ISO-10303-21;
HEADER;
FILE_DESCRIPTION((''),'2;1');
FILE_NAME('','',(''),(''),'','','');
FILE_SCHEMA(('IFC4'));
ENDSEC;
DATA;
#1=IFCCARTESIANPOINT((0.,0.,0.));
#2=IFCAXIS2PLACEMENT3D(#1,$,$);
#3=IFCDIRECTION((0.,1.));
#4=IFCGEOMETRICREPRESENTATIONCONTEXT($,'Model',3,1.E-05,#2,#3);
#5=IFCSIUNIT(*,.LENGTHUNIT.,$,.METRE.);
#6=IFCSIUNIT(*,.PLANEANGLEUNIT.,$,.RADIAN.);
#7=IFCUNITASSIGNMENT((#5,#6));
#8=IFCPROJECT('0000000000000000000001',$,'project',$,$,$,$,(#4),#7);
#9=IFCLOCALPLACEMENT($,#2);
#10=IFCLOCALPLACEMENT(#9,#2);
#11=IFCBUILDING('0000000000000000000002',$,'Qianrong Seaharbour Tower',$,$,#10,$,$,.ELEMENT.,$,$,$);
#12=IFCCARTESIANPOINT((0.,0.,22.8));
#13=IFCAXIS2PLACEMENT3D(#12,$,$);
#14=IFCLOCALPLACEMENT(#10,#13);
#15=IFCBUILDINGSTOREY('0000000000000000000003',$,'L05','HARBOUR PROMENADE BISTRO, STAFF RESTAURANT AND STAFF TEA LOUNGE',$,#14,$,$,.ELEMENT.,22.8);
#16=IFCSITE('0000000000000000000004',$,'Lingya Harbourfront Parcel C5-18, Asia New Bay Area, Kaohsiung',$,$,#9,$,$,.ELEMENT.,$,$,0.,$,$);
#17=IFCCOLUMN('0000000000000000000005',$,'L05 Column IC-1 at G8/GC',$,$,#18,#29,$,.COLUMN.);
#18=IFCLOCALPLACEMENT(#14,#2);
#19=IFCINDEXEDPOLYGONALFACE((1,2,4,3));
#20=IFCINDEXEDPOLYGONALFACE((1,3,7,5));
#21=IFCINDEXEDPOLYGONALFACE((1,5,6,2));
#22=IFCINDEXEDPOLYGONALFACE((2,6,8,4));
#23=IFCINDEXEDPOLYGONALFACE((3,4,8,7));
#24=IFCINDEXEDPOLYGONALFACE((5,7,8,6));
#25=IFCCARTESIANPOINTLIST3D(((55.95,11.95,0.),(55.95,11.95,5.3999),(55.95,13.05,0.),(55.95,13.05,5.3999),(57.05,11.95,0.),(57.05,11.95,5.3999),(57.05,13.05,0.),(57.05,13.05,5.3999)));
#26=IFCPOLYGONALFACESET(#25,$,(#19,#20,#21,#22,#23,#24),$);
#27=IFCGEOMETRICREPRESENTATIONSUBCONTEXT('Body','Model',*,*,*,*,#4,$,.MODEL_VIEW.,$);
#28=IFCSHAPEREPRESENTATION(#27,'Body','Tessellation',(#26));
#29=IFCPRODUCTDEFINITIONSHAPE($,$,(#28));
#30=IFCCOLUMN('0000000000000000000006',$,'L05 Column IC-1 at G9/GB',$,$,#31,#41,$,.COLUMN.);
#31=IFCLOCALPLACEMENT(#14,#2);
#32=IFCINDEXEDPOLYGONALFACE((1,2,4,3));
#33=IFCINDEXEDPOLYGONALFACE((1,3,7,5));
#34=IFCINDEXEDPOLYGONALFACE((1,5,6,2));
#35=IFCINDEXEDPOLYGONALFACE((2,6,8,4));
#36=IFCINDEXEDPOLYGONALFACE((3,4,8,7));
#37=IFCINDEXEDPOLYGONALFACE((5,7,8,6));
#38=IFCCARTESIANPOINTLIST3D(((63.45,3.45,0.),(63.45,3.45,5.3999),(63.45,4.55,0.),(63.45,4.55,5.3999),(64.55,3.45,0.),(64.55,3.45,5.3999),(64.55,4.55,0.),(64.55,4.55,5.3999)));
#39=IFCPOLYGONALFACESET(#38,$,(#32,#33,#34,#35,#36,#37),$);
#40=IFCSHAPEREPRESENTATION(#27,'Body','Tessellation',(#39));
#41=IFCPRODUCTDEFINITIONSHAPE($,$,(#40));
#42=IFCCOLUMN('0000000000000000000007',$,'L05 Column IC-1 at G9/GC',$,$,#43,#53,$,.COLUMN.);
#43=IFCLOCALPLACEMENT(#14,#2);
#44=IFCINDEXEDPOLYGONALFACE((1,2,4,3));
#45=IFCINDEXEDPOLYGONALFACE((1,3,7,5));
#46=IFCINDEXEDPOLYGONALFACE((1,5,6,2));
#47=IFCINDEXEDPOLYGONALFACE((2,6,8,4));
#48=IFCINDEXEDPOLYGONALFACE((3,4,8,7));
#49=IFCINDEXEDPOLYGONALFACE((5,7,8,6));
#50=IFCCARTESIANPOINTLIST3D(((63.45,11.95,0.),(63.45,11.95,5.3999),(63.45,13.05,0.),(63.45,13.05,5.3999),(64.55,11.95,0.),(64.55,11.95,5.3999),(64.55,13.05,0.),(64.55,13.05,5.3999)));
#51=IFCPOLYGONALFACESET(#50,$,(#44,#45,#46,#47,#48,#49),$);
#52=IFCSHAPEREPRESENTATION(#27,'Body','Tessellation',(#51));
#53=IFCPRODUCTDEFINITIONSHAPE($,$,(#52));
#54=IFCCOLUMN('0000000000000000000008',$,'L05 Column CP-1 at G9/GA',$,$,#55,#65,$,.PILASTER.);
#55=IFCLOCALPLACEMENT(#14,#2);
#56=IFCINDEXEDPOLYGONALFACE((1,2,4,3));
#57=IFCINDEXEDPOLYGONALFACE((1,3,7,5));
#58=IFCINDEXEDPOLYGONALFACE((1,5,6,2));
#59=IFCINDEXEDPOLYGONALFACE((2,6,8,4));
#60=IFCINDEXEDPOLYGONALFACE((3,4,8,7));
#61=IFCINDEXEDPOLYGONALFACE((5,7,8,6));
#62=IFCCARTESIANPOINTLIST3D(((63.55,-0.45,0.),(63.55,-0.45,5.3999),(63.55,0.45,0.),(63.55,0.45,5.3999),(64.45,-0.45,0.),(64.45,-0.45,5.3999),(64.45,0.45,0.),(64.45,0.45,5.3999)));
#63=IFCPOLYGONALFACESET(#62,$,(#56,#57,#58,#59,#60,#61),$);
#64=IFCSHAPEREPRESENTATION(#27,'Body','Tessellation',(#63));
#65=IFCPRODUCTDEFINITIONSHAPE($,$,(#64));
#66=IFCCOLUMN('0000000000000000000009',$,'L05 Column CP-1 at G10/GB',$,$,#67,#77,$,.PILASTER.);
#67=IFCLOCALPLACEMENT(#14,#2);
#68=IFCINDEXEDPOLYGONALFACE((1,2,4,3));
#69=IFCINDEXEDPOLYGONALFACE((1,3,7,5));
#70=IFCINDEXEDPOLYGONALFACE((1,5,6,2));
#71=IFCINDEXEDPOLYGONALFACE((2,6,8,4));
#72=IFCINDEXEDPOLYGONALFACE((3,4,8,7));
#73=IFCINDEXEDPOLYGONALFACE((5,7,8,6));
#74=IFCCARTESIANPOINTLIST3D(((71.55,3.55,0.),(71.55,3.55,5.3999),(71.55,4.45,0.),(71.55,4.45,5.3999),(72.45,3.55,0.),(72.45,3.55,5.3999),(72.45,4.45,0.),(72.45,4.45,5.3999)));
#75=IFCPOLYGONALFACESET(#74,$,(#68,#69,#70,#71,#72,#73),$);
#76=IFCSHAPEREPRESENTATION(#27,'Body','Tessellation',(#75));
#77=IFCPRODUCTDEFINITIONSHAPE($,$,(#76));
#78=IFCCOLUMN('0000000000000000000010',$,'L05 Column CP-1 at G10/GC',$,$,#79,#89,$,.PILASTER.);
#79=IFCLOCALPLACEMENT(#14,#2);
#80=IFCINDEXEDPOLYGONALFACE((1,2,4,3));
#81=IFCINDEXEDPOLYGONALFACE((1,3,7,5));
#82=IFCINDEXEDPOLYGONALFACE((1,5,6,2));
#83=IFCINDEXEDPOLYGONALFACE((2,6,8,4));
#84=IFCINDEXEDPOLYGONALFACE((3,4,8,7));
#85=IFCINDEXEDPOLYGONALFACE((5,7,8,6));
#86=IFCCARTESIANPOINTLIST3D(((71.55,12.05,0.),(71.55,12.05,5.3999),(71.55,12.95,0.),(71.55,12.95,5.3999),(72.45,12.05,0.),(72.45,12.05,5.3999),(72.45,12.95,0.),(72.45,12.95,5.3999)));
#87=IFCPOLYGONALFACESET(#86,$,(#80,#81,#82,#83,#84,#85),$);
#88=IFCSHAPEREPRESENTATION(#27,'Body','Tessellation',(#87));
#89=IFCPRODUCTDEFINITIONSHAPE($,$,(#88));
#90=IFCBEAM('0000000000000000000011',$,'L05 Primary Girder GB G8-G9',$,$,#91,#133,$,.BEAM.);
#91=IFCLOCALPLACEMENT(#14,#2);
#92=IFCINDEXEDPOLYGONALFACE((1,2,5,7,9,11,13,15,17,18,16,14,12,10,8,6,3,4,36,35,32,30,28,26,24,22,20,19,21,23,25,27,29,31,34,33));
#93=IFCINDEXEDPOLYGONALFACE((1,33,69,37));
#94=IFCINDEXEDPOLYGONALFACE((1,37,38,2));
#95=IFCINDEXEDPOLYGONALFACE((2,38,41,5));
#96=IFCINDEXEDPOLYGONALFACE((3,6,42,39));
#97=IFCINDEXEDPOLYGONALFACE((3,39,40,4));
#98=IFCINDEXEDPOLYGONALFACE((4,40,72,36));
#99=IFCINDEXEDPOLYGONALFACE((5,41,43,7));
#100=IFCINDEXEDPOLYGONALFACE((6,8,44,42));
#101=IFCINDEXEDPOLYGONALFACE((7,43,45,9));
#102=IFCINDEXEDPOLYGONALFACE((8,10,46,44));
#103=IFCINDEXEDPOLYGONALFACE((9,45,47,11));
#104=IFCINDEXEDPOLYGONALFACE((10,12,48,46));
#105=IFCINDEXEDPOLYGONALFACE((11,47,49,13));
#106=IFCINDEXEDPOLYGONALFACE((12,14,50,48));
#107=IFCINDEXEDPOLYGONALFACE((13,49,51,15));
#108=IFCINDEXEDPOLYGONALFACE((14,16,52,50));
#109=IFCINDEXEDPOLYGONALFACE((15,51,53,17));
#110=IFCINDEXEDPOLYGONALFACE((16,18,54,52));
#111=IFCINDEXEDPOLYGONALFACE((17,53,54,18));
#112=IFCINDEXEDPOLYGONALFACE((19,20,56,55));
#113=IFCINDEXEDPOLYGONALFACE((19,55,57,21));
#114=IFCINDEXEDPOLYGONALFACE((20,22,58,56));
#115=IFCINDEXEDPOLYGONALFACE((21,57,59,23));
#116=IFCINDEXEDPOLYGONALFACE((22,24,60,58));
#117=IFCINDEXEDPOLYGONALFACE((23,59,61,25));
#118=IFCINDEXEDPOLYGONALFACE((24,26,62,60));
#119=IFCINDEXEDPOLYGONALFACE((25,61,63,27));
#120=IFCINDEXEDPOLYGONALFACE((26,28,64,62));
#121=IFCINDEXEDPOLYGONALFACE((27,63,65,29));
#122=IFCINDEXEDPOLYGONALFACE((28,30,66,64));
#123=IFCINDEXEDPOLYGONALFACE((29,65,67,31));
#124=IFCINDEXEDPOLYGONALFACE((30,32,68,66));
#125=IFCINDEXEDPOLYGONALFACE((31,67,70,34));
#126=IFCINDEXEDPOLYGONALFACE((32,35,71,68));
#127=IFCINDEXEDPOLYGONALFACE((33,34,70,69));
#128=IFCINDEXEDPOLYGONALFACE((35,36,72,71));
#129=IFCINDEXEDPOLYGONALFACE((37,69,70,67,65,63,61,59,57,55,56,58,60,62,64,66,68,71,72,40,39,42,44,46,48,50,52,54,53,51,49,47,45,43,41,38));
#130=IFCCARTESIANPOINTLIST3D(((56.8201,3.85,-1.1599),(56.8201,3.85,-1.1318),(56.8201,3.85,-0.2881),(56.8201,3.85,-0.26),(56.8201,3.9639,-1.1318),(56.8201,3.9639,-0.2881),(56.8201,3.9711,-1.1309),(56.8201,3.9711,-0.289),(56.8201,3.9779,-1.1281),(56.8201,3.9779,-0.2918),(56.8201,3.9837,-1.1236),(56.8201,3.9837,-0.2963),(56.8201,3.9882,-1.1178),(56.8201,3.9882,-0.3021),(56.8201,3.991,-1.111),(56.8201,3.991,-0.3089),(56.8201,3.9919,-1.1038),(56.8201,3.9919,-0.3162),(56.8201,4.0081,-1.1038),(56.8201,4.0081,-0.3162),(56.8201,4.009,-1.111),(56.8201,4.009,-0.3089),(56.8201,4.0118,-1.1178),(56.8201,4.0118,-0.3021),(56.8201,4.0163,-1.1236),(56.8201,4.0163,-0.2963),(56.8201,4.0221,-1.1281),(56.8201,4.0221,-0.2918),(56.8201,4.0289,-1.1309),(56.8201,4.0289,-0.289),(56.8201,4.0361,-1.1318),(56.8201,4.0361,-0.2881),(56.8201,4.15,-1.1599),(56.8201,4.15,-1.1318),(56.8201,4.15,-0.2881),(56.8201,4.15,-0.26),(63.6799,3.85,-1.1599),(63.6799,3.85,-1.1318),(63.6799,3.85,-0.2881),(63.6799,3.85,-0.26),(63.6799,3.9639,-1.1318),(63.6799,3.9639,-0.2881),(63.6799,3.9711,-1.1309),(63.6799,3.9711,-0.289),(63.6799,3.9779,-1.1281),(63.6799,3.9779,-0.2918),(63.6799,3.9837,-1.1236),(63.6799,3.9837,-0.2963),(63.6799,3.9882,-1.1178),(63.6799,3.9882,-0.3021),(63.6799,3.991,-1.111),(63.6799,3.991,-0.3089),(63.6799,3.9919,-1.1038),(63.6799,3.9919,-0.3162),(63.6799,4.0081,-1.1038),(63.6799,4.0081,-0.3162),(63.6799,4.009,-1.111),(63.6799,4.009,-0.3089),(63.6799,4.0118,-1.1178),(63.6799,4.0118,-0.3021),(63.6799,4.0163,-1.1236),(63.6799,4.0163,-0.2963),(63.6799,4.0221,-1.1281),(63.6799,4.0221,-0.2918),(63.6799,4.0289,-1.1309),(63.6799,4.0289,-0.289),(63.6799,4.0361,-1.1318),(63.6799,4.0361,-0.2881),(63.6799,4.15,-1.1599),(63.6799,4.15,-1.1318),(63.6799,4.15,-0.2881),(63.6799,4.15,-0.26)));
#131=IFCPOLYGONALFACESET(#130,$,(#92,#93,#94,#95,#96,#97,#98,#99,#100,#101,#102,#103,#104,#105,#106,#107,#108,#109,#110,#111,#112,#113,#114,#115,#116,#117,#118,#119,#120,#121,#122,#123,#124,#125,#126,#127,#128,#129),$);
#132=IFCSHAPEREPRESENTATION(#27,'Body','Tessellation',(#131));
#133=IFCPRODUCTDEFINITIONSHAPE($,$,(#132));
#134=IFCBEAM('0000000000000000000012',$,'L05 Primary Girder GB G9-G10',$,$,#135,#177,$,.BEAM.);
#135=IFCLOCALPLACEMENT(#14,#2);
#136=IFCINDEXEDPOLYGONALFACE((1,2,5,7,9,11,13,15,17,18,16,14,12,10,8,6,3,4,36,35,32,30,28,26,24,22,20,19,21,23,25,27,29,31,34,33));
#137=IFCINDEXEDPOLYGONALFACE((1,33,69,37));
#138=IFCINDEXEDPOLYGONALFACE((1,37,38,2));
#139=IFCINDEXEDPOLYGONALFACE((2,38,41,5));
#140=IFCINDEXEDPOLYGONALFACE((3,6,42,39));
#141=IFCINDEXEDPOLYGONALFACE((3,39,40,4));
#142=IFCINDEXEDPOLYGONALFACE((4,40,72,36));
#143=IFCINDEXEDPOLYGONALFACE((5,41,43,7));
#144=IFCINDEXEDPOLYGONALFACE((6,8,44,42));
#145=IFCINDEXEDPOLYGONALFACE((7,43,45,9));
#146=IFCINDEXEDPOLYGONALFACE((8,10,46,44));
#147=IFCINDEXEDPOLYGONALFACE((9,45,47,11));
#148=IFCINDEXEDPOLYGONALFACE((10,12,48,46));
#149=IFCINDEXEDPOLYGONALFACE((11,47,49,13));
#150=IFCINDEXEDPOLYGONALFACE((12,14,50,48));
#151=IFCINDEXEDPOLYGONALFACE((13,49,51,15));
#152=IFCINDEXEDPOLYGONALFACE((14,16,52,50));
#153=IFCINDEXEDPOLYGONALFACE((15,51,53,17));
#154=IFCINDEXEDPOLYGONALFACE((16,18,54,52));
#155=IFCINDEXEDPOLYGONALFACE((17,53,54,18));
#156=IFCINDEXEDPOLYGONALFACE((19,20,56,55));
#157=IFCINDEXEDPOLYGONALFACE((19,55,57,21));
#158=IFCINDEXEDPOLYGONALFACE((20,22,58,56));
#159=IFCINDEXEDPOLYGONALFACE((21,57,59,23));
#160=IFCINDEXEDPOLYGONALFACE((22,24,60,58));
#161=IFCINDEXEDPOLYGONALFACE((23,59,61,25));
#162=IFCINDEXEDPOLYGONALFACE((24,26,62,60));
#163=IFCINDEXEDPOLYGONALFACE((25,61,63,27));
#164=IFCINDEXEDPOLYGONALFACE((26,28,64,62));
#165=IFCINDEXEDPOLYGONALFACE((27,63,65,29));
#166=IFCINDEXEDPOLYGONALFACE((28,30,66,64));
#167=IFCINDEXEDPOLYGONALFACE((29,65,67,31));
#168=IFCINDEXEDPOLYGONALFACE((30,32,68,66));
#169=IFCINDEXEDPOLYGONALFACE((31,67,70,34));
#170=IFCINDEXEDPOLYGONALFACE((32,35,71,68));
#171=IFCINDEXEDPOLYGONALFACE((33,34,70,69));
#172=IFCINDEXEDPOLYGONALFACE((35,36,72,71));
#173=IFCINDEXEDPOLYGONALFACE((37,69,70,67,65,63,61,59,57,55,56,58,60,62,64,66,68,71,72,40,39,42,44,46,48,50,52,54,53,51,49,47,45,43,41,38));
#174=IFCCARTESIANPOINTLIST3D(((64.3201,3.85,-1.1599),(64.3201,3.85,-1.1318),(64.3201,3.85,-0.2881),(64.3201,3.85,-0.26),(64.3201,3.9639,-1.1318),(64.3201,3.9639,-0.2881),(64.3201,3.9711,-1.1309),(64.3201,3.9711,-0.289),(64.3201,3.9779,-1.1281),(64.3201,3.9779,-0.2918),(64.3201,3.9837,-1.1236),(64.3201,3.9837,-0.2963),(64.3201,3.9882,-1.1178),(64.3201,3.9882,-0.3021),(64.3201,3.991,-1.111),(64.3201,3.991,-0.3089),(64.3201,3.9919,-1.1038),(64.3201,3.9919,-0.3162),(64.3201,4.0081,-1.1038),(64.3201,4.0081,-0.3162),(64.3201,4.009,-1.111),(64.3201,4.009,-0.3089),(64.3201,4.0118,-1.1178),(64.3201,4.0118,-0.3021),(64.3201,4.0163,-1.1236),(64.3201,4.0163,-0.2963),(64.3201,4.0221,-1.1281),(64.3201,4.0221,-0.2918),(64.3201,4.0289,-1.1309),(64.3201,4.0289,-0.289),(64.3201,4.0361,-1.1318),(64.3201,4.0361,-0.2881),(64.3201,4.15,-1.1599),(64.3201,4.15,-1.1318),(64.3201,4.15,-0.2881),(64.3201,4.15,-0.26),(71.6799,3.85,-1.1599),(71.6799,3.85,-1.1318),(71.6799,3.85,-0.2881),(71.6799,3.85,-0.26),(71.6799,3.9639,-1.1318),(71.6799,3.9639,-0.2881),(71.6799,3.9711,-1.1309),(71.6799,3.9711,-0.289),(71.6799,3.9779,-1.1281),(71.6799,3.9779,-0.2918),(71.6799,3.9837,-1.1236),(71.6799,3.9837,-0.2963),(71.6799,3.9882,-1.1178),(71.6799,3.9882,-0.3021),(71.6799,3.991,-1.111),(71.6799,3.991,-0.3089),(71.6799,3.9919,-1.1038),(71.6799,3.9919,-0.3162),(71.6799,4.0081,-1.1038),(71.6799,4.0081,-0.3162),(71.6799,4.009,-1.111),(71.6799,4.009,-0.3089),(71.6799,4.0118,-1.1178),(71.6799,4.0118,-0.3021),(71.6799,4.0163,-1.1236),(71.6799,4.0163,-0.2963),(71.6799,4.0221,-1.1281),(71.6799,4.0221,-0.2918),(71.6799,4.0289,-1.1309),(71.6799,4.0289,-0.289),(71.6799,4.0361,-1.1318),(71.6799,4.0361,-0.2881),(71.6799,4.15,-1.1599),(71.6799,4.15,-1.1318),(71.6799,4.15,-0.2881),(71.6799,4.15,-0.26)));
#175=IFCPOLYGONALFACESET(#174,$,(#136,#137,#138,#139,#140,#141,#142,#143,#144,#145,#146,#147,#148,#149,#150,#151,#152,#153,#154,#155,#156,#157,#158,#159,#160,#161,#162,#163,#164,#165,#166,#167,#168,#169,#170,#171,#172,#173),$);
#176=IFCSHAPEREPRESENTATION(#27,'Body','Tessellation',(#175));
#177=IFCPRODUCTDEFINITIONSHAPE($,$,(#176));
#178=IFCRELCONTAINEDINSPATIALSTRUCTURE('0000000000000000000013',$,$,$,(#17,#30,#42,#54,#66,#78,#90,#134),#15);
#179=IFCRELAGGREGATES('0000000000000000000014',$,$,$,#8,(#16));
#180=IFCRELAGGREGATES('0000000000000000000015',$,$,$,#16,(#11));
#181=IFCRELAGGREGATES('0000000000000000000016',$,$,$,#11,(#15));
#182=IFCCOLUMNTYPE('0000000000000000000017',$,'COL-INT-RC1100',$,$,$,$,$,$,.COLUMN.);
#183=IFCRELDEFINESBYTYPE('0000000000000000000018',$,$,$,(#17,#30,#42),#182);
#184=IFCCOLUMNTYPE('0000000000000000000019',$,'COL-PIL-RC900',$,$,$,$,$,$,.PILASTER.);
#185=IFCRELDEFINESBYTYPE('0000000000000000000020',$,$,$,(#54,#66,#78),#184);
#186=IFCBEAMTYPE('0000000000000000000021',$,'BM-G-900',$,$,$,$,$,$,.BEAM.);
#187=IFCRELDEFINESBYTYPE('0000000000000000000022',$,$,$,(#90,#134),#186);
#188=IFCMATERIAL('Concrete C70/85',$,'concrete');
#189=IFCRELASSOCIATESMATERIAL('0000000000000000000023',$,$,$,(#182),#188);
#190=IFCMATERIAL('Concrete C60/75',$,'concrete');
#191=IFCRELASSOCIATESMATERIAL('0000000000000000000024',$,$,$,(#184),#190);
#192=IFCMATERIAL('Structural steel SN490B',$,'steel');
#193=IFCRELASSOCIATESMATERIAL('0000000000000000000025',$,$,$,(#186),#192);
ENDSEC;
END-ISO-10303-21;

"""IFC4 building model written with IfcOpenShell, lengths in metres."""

from ifc_helpers import new_model, si_unit, direction, frame, origin, origin_2d, place, context, subcontext, project, spatial, rectangle, i_section, extrude, material, material_profile, profile_set, type_object, element, save


model = new_model("IFC4")

# Units and contexts
model_context = context("Model", 3, precision=1e-05, world=origin(), true_north=direction((0.0, 1.0)))
body_context = subcontext(model_context, "Body", "Model", "MODEL_VIEW")
ifc_project = project(units=[si_unit("LENGTHUNIT", "METRE"), si_unit("PLANEANGLEUNIT", "RADIAN")], contexts=[model_context])

# Site, building, storey
site_placement = place(None, origin())
site = spatial("IfcSite", under=ifc_project, at=site_placement, Name="Lingya Harbourfront Parcel C5-18, Asia New Bay Area, Kaohsiung", CompositionType="ELEMENT", RefElevation=0.0)
building_placement = place(site_placement, origin())
building = spatial("IfcBuilding", under=site, at=building_placement, Name="Qianrong Seaharbour Tower", CompositionType="ELEMENT")
storey_placement = place(building_placement, frame((0.0, 0.0, 22.8)))
storey = spatial("IfcBuildingStorey", under=building, at=storey_placement, Name="L05", Description="HARBOUR PROMENADE BISTRO, STAFF RESTAURANT AND STAFF TEA LOUNGE", CompositionType="ELEMENT", Elevation=22.8)

# Columns
ifc_material_1 = material(Name="Concrete C70/85", Category="concrete")
ifc_material_profile_1 = material_profile(ifc_material_1, rectangle(XDim=1.1001, YDim=1.1001, at=origin_2d()), Name="RC1100x1100")
ifc_profile_set_1 = profile_set([ifc_material_profile_1], Name="Concrete C70/85")
column_type_1 = type_object("IfcColumnType", Name="COL-INT-RC1100", PredefinedType="COLUMN", material=ifc_profile_set_1)
for number, where, z_axis, x_axis, name in (
    (1, (56.5, 12.5, 0.0), (0.0, 0.0, 1.0), (1.0, 0.0, 0.0), "L05 Column IC-1 at G8/GC"),
    (2, (64.0, 4.0, 0.0), (0.0, 0.0, 1.0), (1.0, 0.0, 0.0), "L05 Column IC-1 at G9/GB"),
    (3, (64.0, 12.5, 0.0), (0.0, 0.0, 1.0), (1.0, 0.0, 0.0), "L05 Column IC-1 at G9/GC"),
):
    element("IfcColumn", number, at=place(storey_placement, frame(where, z_axis=z_axis, x_axis=x_axis)), inside=storey, type_object=column_type_1, Name=name, PredefinedType="COLUMN", context=body_context, shape_type="SweptSolid", body=[
        extrude(rectangle(XDim=1.1001, YDim=1.1001, at=origin_2d()), origin(), (0.0, 0.0, 1.0), 5.3999),
    ])
ifc_material_2 = material(Name="Concrete C60/75", Category="concrete")
ifc_material_profile_2 = material_profile(ifc_material_2, rectangle(XDim=0.8999, YDim=0.8999, at=origin_2d()), Name="RC900x900")
ifc_profile_set_2 = profile_set([ifc_material_profile_2], Name="Concrete C60/75")
column_type_2 = type_object("IfcColumnType", Name="COL-PIL-RC900", PredefinedType="PILASTER", material=ifc_profile_set_2)
for number, where, z_axis, x_axis, name in (
    (4, (64.0, 0.0, 0.0), (0.0, 0.0, 1.0), (1.0, 0.0, 0.0), "L05 Column CP-1 at G9/GA"),
    (5, (72.0, 4.0, 0.0), (0.0, 0.0, 1.0), (1.0, 0.0, 0.0), "L05 Column CP-1 at G10/GB"),
    (6, (72.0, 12.5, 0.0), (0.0, 0.0, 1.0), (1.0, 0.0, 0.0), "L05 Column CP-1 at G10/GC"),
):
    element("IfcColumn", number, at=place(storey_placement, frame(where, z_axis=z_axis, x_axis=x_axis)), inside=storey, type_object=column_type_2, Name=name, PredefinedType="PILASTER", context=body_context, shape_type="SweptSolid", body=[
        extrude(rectangle(XDim=0.8999, YDim=0.8999, at=origin_2d()), origin(), (0.0, 0.0, 1.0), 5.3999),
    ])

# Beams
ifc_material_3 = material(Name="Structural steel SN490B", Category="steel")
ifc_material_profile_3 = material_profile(ifc_material_3, i_section(OverallWidth=0.3, OverallDepth=0.8999, WebThickness=0.0161, FlangeThickness=0.0281, FilletRadius=0.0281, at=origin_2d()), Name="H900x300x16x28")
ifc_profile_set_3 = profile_set([ifc_material_profile_3], Name="Structural steel SN490B")
beam_type_1 = type_object("IfcBeamType", Name="BM-G-900", PredefinedType="BEAM", material=ifc_profile_set_3)
beam_1_placement = place(storey_placement, frame((56.8201, 4.0, -0.71), z_axis=(1.0, 0.0, 0.0), x_axis=(0.0, 1.0, 0.0)))
element("IfcBeam", 7, at=beam_1_placement, inside=storey, type_object=beam_type_1, Name="L05 Primary Girder GB G8-G9", PredefinedType="BEAM", context=body_context, shape_type="SweptSolid", body=[
    extrude(i_section(OverallWidth=0.3, OverallDepth=0.8999, WebThickness=0.0161, FlangeThickness=0.0281, FilletRadius=0.0281, at=origin_2d()), origin(), (0.0, 0.0, 1.0), 6.8599),
])
beam_2_placement = place(storey_placement, frame((64.3201, 4.0, -0.71), z_axis=(1.0, 0.0, 0.0), x_axis=(0.0, 1.0, 0.0)))
element("IfcBeam", 8, at=beam_2_placement, inside=storey, type_object=beam_type_1, Name="L05 Primary Girder GB G9-G10", PredefinedType="BEAM", context=body_context, shape_type="SweptSolid", body=[
    extrude(i_section(OverallWidth=0.3, OverallDepth=0.8999, WebThickness=0.0161, FlangeThickness=0.0281, FilletRadius=0.0281, at=origin_2d()), origin(), (0.0, 0.0, 1.0), 7.3599),
])

save(model, "model.ifc")
